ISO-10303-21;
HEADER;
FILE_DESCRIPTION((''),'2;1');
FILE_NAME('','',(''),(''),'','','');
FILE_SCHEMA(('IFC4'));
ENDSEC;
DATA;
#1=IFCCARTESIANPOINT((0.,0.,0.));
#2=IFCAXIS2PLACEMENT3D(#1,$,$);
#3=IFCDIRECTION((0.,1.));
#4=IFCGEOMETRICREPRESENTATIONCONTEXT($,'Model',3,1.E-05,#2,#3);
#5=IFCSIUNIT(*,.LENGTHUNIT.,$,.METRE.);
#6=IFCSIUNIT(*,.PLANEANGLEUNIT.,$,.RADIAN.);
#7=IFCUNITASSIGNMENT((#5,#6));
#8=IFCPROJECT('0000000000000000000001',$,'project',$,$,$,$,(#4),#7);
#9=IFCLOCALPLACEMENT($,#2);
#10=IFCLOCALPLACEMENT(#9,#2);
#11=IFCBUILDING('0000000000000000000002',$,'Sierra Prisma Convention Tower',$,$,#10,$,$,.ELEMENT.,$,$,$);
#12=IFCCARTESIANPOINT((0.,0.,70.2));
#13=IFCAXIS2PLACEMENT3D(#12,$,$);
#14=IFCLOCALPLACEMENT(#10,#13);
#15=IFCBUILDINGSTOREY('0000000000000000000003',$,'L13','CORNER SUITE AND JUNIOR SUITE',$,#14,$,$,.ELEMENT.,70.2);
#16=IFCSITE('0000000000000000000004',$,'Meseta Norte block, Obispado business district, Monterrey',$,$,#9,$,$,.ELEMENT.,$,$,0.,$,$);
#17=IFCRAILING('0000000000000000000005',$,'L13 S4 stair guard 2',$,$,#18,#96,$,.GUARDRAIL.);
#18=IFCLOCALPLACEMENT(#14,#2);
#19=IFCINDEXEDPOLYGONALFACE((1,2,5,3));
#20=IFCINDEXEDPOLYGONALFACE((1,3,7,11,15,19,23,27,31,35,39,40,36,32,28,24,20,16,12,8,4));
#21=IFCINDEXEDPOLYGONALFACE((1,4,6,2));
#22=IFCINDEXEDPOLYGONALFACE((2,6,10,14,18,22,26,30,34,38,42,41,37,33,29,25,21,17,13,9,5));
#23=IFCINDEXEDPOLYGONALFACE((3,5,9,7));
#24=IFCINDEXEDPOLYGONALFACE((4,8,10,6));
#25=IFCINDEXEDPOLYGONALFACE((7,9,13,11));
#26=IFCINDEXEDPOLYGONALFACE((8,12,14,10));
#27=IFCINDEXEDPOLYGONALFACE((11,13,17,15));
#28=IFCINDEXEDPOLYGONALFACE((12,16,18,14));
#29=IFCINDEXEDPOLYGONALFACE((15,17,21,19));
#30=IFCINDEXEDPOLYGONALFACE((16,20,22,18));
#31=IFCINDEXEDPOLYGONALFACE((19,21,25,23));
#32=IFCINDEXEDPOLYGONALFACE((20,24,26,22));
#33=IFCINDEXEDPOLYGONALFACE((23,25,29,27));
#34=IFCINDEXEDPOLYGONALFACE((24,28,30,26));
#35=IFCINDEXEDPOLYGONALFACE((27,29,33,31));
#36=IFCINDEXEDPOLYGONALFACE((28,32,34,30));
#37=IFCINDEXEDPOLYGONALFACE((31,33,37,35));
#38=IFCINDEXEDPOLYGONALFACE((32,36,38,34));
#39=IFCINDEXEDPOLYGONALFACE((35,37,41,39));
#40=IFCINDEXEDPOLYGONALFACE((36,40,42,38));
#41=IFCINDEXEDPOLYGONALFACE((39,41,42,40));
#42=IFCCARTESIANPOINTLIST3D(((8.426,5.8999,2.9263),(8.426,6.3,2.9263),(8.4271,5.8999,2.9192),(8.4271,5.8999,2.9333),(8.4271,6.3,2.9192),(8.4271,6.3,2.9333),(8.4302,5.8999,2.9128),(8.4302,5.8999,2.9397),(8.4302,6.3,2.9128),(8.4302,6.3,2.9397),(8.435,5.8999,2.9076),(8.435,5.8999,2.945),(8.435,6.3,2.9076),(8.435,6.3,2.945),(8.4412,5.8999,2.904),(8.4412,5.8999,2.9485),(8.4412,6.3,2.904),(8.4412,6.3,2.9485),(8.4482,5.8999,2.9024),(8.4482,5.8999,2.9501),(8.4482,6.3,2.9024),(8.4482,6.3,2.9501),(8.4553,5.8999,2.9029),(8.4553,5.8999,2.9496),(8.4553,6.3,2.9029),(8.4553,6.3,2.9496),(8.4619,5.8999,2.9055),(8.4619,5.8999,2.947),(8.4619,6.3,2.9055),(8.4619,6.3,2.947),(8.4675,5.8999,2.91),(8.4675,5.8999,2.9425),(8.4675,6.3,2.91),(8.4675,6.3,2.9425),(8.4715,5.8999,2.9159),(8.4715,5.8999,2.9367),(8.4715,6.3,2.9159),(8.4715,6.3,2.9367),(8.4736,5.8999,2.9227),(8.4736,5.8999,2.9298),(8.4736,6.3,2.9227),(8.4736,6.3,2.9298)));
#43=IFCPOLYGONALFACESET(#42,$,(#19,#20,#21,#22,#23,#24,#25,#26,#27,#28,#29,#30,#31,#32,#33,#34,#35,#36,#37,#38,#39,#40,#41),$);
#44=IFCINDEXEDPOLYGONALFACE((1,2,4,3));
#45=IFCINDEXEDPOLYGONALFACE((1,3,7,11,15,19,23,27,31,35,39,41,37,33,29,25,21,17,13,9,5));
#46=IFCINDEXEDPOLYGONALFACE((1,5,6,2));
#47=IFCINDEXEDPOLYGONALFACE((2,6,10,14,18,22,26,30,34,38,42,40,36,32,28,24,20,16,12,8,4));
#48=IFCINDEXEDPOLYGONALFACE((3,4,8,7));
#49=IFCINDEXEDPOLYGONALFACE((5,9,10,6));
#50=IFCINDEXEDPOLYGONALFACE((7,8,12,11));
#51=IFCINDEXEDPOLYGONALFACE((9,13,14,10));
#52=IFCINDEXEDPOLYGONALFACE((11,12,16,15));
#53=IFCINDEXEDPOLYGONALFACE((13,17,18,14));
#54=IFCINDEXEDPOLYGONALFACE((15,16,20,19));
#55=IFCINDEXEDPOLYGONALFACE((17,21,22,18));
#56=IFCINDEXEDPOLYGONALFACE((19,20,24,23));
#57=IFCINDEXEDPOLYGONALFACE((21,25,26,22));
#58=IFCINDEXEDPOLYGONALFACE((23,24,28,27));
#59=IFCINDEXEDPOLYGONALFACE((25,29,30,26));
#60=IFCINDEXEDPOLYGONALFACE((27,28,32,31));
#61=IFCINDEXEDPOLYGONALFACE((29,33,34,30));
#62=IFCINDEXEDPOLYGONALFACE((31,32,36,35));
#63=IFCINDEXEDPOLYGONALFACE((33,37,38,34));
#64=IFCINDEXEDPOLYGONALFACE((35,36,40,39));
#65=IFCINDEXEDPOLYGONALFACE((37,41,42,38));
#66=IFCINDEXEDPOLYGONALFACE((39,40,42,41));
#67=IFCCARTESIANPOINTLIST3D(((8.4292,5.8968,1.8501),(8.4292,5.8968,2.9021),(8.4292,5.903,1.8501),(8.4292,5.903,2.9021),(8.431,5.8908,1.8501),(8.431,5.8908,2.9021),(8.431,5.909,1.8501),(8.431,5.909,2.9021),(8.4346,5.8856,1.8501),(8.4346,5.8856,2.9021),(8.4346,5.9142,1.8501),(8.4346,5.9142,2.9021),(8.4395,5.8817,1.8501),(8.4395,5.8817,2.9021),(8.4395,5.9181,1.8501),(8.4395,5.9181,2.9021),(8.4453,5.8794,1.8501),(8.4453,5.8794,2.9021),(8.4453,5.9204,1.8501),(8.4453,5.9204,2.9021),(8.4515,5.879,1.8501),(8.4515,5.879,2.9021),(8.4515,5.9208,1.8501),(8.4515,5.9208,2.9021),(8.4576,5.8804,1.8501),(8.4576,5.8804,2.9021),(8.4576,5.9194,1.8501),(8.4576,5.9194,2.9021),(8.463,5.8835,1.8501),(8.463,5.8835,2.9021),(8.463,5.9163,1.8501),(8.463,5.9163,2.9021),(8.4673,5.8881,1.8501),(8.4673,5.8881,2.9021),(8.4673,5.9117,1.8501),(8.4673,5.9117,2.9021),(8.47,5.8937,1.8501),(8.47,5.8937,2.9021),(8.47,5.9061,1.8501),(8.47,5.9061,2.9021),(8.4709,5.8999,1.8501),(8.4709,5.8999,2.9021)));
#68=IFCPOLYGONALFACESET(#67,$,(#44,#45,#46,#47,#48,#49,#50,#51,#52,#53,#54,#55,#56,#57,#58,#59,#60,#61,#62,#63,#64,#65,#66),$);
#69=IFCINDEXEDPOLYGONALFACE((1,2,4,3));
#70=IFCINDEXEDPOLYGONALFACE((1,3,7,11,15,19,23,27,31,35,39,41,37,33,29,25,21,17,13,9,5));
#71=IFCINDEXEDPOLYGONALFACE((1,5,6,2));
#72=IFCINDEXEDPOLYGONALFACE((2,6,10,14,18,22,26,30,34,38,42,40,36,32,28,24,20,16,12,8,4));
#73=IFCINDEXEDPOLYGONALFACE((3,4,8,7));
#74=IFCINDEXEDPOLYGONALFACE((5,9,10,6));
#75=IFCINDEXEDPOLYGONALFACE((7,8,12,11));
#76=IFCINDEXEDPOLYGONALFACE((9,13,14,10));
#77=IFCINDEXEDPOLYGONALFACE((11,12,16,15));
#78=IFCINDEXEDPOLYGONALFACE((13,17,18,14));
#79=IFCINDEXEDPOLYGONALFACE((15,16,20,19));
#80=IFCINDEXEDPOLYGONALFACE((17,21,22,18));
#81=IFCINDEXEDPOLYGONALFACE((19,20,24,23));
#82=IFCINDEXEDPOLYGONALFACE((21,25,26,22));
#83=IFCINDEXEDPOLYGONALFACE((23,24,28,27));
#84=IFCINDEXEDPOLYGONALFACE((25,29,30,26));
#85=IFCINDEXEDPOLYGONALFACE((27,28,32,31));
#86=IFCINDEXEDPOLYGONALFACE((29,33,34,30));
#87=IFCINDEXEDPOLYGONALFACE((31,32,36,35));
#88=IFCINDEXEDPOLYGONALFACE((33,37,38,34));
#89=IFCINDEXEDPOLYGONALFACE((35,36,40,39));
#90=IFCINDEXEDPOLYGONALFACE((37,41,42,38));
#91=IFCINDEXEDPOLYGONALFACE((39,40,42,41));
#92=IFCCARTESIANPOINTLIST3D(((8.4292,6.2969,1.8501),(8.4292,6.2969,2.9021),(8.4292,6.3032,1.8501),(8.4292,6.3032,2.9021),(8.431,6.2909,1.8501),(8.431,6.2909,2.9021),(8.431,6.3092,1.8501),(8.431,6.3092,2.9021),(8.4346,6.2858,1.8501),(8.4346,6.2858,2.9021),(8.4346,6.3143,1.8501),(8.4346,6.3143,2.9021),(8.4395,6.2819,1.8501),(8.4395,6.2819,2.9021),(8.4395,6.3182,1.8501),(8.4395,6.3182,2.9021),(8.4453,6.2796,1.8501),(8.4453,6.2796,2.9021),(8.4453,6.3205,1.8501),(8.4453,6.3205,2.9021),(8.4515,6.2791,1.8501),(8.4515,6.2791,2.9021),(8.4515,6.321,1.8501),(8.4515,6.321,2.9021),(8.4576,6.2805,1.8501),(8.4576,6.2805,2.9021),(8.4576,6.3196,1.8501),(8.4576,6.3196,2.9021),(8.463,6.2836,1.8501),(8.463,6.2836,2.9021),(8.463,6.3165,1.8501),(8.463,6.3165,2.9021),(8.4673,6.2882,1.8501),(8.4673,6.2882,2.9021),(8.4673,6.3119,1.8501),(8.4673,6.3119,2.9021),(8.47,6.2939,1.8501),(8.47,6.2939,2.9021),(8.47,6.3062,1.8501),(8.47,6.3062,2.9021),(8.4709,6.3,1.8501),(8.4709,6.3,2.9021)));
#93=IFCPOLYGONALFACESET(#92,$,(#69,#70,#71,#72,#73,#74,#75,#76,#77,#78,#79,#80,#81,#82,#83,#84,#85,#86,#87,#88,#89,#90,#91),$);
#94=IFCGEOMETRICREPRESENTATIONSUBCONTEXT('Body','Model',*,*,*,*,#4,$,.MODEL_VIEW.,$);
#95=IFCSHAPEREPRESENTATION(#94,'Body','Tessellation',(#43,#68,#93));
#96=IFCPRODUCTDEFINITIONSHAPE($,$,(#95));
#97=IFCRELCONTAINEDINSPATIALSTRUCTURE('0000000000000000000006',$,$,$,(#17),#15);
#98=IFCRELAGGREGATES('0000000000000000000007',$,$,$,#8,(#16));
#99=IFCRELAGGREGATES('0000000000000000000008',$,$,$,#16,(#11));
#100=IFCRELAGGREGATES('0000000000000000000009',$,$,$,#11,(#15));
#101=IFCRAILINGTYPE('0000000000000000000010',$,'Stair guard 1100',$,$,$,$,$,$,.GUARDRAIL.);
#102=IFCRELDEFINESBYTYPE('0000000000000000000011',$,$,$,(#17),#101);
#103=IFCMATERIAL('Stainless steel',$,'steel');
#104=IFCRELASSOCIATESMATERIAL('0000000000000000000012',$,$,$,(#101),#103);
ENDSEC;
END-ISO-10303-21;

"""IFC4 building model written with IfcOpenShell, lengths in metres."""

from ifc_helpers import new_model, si_unit, direction, frame, origin, origin_2d, place, context, subcontext, project, spatial, circle, extrude, material, type_object, element, save


model = new_model("IFC4")

# Units and contexts
model_context = context("Model", 3, precision=1e-05, world=origin(), true_north=direction((0.0, 1.0)))
body_context = subcontext(model_context, "Body", "Model", "MODEL_VIEW")
ifc_project = project(units=[si_unit("LENGTHUNIT", "METRE"), si_unit("PLANEANGLEUNIT", "RADIAN")], contexts=[model_context])

# Site, building, storey
site_placement = place(None, origin())
site = spatial("IfcSite", under=ifc_project, at=site_placement, Name="Meseta Norte block, Obispado business district, Monterrey", CompositionType="ELEMENT", RefElevation=0.0)
building_placement = place(site_placement, origin())
building = spatial("IfcBuilding", under=site, at=building_placement, Name="Sierra Prisma Convention Tower", CompositionType="ELEMENT")
storey_placement = place(building_placement, frame((0.0, 0.0, 70.2)))
storey = spatial("IfcBuildingStorey", under=building, at=storey_placement, Name="L13", Description="CORNER SUITE AND JUNIOR SUITE", CompositionType="ELEMENT", Elevation=70.2)

# Railing
ifc_material_1 = material(Name="Stainless steel", Category="steel")
railing_type_1 = type_object("IfcRailingType", Name="Stair guard 1100", PredefinedType="GUARDRAIL", material=ifc_material_1)
railing_1_placement = place(storey_placement, frame((8.45, 5.8999, 1.8501)))
element("IfcRailing", 1, at=railing_1_placement, inside=storey, type_object=railing_type_1, Name="L13 S4 stair guard 2", PredefinedType="GUARDRAIL", context=body_context, shape_type="SweptSolid", body=[
    extrude(circle(Radius=0.0239, at=origin_2d()), frame((0.0, 0.0, 1.0762), z_axis=(0.0, 1.0, 0.0), x_axis=(-1.0, 0.0, 0.0)), (0.0, 0.0, 1.0), 0.4001),
    extrude(circle(Radius=0.021, at=origin_2d()), origin(), (0.0, 0.0, 1.0), 1.052),
    extrude(circle(Radius=0.021, at=origin_2d()), frame((0.0, 0.4001, 0.0)), (0.0, 0.0, 1.0), 1.052),
])

save(model, "model.ifc")
